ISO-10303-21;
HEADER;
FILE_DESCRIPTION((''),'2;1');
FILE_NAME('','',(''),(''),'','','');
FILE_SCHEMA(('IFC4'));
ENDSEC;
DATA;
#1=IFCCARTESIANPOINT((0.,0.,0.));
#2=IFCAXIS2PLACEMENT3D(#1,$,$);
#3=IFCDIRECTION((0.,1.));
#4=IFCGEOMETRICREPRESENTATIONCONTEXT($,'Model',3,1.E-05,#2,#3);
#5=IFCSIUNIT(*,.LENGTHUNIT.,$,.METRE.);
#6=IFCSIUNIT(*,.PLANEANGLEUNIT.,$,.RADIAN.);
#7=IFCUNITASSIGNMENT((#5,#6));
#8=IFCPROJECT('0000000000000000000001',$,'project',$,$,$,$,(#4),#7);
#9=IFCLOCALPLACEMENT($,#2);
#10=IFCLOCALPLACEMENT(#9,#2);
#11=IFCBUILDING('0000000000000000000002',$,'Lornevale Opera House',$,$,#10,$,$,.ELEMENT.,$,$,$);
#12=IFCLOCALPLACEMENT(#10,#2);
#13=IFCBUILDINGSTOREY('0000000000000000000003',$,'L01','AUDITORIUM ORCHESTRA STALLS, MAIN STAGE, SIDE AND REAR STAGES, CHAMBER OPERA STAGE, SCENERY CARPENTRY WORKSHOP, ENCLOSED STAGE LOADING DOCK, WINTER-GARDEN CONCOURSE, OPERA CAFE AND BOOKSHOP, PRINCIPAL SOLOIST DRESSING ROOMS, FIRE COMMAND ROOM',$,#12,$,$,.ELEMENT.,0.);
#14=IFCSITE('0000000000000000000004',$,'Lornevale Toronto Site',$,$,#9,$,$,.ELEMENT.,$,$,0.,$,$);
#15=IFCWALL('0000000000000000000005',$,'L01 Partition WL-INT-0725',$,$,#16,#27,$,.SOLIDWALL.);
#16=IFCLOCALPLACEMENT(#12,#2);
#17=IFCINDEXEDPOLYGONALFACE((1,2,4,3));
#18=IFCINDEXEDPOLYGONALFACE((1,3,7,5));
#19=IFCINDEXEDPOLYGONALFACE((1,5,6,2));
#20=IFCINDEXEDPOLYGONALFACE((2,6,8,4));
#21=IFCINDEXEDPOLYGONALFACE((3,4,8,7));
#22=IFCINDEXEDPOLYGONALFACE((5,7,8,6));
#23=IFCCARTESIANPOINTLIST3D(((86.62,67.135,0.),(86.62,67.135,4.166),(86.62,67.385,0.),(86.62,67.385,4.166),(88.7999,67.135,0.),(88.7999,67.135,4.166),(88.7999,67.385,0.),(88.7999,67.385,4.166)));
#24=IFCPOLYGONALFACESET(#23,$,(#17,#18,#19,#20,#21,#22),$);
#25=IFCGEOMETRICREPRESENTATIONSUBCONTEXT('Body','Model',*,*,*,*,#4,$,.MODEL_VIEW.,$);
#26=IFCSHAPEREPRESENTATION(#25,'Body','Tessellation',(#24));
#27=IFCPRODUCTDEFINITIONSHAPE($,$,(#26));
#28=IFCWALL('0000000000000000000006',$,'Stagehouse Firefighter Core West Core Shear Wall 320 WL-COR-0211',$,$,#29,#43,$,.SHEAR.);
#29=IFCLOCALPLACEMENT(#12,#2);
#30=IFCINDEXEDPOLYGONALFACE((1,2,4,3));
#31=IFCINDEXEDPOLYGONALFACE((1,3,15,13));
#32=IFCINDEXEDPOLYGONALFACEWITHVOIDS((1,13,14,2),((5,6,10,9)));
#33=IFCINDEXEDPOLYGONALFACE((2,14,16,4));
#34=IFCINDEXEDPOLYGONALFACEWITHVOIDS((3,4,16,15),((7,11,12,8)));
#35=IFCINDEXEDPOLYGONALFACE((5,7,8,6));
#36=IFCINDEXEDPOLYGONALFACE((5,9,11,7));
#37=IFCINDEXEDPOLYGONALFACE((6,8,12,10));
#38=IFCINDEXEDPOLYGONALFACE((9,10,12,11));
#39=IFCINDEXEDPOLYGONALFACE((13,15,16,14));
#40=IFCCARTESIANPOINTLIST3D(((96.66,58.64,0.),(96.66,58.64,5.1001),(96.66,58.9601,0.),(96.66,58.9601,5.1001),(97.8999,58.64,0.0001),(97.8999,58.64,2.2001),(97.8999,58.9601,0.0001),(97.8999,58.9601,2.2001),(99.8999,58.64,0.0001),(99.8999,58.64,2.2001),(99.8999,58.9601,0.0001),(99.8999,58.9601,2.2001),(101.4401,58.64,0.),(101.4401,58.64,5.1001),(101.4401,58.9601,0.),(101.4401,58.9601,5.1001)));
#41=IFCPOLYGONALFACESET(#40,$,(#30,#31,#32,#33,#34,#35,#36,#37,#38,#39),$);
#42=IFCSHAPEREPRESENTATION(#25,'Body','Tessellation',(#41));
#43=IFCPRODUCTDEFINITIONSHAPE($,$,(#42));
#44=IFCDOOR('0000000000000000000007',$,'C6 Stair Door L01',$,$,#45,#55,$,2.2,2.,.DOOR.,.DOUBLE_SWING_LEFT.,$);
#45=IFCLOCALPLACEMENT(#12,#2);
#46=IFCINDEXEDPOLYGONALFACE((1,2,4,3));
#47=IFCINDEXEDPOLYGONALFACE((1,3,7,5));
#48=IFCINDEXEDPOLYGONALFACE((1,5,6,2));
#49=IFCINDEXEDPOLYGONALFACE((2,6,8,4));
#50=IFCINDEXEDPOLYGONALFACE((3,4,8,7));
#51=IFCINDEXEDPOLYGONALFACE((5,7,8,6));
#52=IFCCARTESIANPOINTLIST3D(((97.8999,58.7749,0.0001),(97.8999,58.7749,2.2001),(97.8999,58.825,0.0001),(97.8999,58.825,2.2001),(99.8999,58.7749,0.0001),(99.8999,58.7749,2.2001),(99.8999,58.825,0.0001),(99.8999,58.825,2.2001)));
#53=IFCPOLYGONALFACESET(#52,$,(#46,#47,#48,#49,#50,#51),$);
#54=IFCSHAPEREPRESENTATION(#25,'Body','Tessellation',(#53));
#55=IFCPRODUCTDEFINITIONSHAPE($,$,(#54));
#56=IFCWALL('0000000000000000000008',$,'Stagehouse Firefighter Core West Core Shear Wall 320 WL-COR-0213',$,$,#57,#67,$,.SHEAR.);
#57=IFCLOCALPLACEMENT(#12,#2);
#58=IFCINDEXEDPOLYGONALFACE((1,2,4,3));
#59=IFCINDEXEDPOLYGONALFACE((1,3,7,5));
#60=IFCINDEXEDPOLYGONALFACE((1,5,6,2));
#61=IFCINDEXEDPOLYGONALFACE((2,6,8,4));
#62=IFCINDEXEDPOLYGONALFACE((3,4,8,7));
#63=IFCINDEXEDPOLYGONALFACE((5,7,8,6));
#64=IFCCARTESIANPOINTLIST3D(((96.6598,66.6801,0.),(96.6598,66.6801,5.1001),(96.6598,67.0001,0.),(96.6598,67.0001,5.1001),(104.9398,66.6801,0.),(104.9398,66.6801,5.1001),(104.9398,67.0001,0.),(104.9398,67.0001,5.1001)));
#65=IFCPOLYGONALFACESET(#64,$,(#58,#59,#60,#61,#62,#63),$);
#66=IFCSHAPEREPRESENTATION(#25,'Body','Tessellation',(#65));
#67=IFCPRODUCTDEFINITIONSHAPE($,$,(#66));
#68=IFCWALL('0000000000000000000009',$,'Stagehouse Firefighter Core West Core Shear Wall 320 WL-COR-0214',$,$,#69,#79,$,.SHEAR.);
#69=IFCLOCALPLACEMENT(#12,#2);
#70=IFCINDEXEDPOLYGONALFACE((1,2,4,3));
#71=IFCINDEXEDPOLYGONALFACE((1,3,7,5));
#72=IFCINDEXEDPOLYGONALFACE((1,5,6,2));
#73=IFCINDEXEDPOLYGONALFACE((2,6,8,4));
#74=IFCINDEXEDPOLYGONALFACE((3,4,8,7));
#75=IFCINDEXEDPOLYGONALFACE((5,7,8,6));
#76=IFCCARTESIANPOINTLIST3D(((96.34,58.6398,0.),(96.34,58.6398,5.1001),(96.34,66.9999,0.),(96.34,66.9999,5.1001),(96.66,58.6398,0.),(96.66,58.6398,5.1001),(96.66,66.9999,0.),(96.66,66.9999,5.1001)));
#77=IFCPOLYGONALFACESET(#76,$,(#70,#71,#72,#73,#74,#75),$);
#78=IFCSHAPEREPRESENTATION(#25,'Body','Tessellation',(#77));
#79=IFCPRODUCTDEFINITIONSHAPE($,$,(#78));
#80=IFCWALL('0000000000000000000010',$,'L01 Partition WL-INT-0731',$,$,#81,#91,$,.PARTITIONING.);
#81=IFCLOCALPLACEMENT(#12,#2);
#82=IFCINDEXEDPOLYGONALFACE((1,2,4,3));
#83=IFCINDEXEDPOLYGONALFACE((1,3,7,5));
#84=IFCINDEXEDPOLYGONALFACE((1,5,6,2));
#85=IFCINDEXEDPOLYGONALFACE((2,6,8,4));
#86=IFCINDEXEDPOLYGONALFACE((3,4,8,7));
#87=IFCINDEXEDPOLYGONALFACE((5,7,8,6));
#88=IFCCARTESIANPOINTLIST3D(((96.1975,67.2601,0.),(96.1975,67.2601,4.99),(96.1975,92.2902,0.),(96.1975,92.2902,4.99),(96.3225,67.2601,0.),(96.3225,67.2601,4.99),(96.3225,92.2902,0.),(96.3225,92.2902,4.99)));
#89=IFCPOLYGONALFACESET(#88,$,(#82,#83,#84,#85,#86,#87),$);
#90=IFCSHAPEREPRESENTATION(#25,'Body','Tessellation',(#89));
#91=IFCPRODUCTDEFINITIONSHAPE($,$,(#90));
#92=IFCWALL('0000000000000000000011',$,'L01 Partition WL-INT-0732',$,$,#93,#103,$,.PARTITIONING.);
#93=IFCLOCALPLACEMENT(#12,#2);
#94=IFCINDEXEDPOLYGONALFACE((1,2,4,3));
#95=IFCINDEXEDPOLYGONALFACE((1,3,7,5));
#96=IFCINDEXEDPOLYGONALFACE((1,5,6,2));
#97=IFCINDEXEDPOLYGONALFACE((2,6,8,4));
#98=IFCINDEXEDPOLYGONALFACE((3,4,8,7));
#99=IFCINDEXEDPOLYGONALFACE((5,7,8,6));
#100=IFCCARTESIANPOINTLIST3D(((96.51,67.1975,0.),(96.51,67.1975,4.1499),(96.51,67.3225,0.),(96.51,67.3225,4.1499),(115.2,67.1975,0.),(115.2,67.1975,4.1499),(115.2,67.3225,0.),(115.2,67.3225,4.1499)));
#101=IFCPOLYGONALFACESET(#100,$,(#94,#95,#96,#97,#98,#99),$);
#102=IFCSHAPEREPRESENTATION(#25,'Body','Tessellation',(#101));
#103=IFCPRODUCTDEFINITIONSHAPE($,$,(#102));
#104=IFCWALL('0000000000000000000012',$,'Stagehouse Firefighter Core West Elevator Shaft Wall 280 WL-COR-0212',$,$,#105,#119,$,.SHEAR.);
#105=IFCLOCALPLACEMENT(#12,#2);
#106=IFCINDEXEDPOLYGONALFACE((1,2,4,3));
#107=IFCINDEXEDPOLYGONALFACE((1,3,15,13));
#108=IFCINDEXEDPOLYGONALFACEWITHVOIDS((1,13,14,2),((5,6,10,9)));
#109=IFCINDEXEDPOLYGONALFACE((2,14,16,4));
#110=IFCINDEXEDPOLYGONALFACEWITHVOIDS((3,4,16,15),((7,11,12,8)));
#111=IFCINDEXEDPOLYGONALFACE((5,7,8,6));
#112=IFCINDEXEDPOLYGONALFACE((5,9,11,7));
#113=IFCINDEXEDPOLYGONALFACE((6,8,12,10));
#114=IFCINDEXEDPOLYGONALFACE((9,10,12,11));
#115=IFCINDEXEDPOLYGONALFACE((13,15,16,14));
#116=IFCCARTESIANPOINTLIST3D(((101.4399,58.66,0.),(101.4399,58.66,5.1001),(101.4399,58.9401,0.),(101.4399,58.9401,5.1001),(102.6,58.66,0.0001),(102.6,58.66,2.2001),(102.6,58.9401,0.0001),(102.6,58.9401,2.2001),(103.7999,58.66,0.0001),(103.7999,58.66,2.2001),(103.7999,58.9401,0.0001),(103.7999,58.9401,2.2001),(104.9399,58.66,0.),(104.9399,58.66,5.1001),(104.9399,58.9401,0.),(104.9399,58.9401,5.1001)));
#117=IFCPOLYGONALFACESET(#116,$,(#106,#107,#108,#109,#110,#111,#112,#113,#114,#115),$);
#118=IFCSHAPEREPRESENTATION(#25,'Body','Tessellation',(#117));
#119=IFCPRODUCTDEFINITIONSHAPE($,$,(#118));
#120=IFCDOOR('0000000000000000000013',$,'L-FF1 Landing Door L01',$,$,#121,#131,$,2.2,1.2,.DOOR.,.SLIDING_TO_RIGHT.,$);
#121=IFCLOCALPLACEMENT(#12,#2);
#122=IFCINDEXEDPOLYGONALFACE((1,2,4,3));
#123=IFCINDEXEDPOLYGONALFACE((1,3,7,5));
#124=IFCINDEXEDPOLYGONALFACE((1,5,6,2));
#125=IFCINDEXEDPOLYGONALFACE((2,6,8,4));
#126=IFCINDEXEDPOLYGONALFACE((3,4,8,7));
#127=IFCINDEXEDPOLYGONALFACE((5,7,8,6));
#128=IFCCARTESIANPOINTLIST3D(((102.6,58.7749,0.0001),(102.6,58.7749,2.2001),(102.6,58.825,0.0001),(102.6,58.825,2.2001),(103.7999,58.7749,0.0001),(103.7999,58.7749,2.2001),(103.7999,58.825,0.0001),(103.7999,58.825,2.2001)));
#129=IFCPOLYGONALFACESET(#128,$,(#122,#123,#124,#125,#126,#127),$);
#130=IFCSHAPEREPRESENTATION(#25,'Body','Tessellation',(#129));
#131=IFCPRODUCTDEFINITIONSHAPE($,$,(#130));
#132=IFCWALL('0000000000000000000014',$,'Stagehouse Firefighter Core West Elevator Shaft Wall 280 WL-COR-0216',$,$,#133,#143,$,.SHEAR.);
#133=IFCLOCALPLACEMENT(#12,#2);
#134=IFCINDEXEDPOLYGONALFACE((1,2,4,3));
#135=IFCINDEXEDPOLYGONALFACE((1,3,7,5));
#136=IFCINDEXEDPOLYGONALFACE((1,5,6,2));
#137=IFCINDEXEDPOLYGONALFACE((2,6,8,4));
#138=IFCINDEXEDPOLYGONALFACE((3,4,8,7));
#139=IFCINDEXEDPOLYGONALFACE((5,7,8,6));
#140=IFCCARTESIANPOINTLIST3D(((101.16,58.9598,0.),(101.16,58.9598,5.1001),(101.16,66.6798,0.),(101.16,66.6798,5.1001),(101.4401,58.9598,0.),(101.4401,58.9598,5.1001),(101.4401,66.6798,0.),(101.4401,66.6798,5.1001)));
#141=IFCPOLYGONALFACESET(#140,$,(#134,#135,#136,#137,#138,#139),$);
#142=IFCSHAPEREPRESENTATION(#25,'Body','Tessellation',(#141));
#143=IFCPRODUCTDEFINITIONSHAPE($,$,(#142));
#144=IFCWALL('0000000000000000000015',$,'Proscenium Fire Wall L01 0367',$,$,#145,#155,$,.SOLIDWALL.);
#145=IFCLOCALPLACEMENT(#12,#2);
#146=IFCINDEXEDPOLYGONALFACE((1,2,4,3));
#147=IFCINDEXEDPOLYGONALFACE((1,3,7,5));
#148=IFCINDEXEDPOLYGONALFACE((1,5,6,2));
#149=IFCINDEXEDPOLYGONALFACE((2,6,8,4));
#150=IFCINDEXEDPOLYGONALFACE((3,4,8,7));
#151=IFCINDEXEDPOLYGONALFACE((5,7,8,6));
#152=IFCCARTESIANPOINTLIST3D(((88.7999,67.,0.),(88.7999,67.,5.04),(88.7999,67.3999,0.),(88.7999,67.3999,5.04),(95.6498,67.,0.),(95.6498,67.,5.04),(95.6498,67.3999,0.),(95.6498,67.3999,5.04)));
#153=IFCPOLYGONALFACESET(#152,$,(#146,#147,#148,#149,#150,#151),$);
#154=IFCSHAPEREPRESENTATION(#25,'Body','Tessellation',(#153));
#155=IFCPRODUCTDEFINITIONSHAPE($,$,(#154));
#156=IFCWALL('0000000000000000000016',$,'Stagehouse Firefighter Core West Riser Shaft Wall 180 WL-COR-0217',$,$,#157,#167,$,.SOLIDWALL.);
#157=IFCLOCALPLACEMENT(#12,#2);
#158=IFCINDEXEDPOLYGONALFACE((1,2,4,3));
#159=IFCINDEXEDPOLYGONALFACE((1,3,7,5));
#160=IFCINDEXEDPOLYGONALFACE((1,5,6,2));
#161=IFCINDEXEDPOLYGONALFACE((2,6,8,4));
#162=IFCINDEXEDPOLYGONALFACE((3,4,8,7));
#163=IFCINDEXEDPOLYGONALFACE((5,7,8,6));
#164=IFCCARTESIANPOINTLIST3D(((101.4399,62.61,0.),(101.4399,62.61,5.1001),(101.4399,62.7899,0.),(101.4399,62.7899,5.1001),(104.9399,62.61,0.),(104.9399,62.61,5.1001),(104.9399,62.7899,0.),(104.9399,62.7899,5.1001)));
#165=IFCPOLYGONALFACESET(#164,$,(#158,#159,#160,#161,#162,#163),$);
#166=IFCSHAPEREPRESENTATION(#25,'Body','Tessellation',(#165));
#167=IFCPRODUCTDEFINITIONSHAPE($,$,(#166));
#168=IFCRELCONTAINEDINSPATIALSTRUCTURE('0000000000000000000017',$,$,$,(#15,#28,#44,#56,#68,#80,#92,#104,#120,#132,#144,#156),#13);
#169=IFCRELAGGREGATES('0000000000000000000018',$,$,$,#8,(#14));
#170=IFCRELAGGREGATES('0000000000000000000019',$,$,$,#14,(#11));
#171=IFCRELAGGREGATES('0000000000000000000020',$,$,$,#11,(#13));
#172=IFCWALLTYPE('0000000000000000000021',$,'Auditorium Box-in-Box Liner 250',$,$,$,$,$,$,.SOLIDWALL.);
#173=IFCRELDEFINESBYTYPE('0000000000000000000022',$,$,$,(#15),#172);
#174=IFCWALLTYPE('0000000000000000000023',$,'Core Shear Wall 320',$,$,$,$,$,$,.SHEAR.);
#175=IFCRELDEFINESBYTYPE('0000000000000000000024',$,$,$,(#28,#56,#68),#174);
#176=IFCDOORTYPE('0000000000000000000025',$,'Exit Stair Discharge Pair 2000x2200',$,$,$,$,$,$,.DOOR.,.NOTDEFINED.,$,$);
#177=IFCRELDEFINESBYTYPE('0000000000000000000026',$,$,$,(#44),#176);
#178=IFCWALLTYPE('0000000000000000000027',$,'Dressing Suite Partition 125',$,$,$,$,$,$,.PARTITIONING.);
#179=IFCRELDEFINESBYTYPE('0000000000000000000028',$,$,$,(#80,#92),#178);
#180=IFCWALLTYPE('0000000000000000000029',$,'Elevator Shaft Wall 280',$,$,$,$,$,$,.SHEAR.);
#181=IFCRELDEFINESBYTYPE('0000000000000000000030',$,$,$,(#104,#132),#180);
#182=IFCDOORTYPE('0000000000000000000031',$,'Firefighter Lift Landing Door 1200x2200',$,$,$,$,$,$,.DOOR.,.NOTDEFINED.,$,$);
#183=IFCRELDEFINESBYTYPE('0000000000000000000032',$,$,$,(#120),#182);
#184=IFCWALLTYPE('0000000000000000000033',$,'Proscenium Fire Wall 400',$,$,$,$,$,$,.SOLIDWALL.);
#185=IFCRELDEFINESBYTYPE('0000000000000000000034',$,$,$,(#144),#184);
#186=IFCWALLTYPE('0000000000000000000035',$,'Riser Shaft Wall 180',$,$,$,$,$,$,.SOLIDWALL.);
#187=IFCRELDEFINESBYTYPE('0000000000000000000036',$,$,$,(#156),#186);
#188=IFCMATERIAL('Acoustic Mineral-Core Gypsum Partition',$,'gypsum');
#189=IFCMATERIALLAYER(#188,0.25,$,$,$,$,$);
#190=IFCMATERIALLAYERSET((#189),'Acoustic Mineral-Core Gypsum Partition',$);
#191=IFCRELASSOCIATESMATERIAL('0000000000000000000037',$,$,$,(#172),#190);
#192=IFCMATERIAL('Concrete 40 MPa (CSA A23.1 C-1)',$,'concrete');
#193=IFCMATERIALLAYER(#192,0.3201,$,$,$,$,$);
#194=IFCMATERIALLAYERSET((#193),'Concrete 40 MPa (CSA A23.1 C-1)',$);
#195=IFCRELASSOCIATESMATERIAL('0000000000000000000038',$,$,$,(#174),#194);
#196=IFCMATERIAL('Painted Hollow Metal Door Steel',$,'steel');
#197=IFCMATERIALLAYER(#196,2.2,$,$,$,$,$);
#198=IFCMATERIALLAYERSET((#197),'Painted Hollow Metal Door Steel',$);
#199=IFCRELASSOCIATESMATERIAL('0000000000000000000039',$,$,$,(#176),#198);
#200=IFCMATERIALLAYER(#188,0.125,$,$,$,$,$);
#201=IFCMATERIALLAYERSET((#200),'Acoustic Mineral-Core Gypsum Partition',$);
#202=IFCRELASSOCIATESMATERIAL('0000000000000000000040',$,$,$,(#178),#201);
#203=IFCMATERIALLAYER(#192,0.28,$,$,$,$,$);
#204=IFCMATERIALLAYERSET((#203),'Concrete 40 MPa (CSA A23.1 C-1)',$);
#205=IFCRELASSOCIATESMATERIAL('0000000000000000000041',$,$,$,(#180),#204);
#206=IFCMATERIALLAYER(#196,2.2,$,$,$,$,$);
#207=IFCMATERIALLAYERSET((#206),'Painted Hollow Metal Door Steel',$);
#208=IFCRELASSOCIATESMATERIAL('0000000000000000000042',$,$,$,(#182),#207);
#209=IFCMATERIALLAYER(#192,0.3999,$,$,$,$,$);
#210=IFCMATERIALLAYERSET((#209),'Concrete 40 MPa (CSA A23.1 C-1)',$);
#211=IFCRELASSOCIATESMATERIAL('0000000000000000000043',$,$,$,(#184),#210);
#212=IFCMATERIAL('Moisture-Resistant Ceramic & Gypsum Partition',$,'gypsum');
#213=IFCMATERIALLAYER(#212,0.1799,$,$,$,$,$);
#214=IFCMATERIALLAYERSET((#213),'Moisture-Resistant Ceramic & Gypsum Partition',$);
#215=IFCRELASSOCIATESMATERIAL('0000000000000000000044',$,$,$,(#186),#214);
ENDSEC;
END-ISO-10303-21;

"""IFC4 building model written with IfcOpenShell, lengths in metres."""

from ifc_helpers import new_model, si_unit, direction, frame, frame_2d, origin, place, context, subcontext, project, spatial, rectangle, extrude, material, layer, layer_set, type_object, element, fill, save


model = new_model("IFC4")

# Units and contexts
model_context = context("Model", 3, precision=1e-05, world=origin(), true_north=direction((0.0, 1.0)))
body_context = subcontext(model_context, "Body", "Model", "MODEL_VIEW")
ifc_project = project(units=[si_unit("LENGTHUNIT", "METRE"), si_unit("PLANEANGLEUNIT", "RADIAN")], contexts=[model_context])

# Site, building, storey
site_placement = place(None, origin())
site = spatial("IfcSite", under=ifc_project, at=site_placement, Name="Lornevale Toronto Site", CompositionType="ELEMENT", RefElevation=0.0)
building_placement = place(site_placement, origin())
building = spatial("IfcBuilding", under=site, at=building_placement, Name="Lornevale Opera House", CompositionType="ELEMENT")
storey_placement = place(building_placement, origin())
storey = spatial("IfcBuildingStorey", under=building, at=storey_placement, Name="L01", Description="AUDITORIUM ORCHESTRA STALLS, MAIN STAGE, SIDE AND REAR STAGES, CHAMBER OPERA STAGE, SCENERY CARPENTRY WORKSHOP, ENCLOSED STAGE LOADING DOCK, WINTER-GARDEN CONCOURSE, OPERA CAFE AND BOOKSHOP, PRINCIPAL SOLOIST DRESSING ROOMS, FIRE COMMAND ROOM", CompositionType="ELEMENT", Elevation=0.0)

# Shared definitions
ifc_material_1 = material(Name="Concrete 40 MPa (CSA A23.1 C-1)", Category="concrete")

# Wall
ifc_material_2 = material(Name="Acoustic Mineral-Core Gypsum Partition", Category="gypsum")
ifc_layer_1 = layer(ifc_material_2, 0.25)
ifc_layer_set_1 = layer_set([ifc_layer_1], Name="Acoustic Mineral-Core Gypsum Partition")
wall_type_1 = type_object("IfcWallType", Name="Auditorium Box-in-Box Liner 250", PredefinedType="SOLIDWALL", material=ifc_layer_set_1)
wall_1_placement = place(storey_placement, frame((86.6201, 67.26, 0.0), z_axis=(0.0, 0.0, 1.0), x_axis=(1.0, 0.0, 0.0)))
element("IfcWall", 1, at=wall_1_placement, inside=storey, type_object=wall_type_1, Name="L01 Partition WL-INT-0725", PredefinedType="SOLIDWALL", context=body_context, shape_type="SweptSolid", body=[
    extrude(rectangle(XDim=2.1799, YDim=0.25, at=frame_2d((1.0898, 0.0))), origin(), (0.0, 0.0, 1.0), 4.166),
])

# Wall, opening, door
ifc_layer_2 = layer(ifc_material_1, 0.3201)
ifc_layer_set_2 = layer_set([ifc_layer_2], Name="Concrete 40 MPa (CSA A23.1 C-1)")
wall_type_2 = type_object("IfcWallType", Name="Core Shear Wall 320", PredefinedType="SHEAR", material=ifc_layer_set_2)
wall_2_placement = place(storey_placement, frame((96.6599, 58.8, 0.0), z_axis=(0.0, 0.0, 1.0), x_axis=(1.0, 0.0, 0.0)))
wall_2 = element("IfcWall", 2, at=wall_2_placement, inside=storey, type_object=wall_type_2, Name="Stagehouse Firefighter Core West Core Shear Wall 320 WL-COR-0211", PredefinedType="SHEAR", context=body_context, shape_type="SweptSolid", body=[
    extrude(rectangle(XDim=4.78, YDim=0.3201, at=frame_2d((2.3901, 0.0))), origin(), (0.0, 0.0, 1.0), 5.1001),
])
opening_1_placement = place(wall_2_placement, frame((1.24, 0.0, 0.0)))
opening_1 = element("IfcOpeningElement", 3, at=opening_1_placement, cuts=wall_2, PredefinedType="OPENING", context=body_context, shape_type="SweptSolid", body=[
    extrude(rectangle(XDim=2.0, YDim=2.2, at=frame_2d((1.0, 1.1001))), frame((0.0, 0.1699, 0.0), z_axis=(0.0, -1.0, 0.0), x_axis=(1.0, 0.0, 0.0)), (0.0, 0.0, 1.0), 0.3401),
])
ifc_material_3 = material(Name="Painted Hollow Metal Door Steel", Category="steel")
ifc_layer_3 = layer(ifc_material_3, 2.2)
ifc_layer_set_3 = layer_set([ifc_layer_3], Name="Painted Hollow Metal Door Steel")
door_type_1 = type_object("IfcDoorType", Name="Exit Stair Discharge Pair 2000x2200", OperationType="NOTDEFINED", PredefinedType="DOOR", material=ifc_layer_set_3)
door_1_placement = place(opening_1_placement, origin())
door_1 = element("IfcDoor", 4, at=door_1_placement, inside=storey, type_object=door_type_1, Name="C6 Stair Door L01", OperationType="DOUBLE_SWING_LEFT", OverallHeight=2.2, OverallWidth=2.0, PredefinedType="DOOR", context=body_context, shape_type="SweptSolid", body=[
    extrude(rectangle(XDim=2.0, YDim=2.2, at=frame_2d((1.0, 1.1001))), frame((0.0, 0.0249, 0.0), z_axis=(0.0, -1.0, 0.0), x_axis=(1.0, 0.0, 0.0)), (0.0, 0.0, 1.0), 0.05),
])
fill(opening_1, door_1)

# Walls
wall_3_placement = place(storey_placement, frame((104.9399, 66.8401, 0.0), z_axis=(0.0, 0.0, 1.0), x_axis=(-1.0, 0.0, 0.0)))
element("IfcWall", 5, at=wall_3_placement, inside=storey, type_object=wall_type_2, Name="Stagehouse Firefighter Core West Core Shear Wall 320 WL-COR-0213", PredefinedType="SHEAR", context=body_context, shape_type="SweptSolid", body=[
    extrude(rectangle(XDim=8.28, YDim=0.3201, at=frame_2d((4.1401, 0.0))), origin(), (0.0, 0.0, 1.0), 5.1001),
])
wall_4_placement = place(storey_placement, frame((96.5, 67.0, 0.0), z_axis=(0.0, 0.0, 1.0), x_axis=(0.0, -1.0, 0.0)))
element("IfcWall", 6, at=wall_4_placement, inside=storey, type_object=wall_type_2, Name="Stagehouse Firefighter Core West Core Shear Wall 320 WL-COR-0214", PredefinedType="SHEAR", context=body_context, shape_type="SweptSolid", body=[
    extrude(rectangle(XDim=8.3601, YDim=0.3201, at=frame_2d((4.1802, 0.0))), origin(), (0.0, 0.0, 1.0), 5.1001),
])
ifc_layer_4 = layer(ifc_material_2, 0.125)
ifc_layer_set_4 = layer_set([ifc_layer_4], Name="Acoustic Mineral-Core Gypsum Partition")
wall_type_3 = type_object("IfcWallType", Name="Dressing Suite Partition 125", PredefinedType="PARTITIONING", material=ifc_layer_set_4)
wall_5_placement = place(storey_placement, frame((96.26, 67.26, 0.0), z_axis=(0.0, 0.0, 1.0), x_axis=(0.0, 1.0, 0.0)))
element("IfcWall", 7, at=wall_5_placement, inside=storey, type_object=wall_type_3, Name="L01 Partition WL-INT-0731", PredefinedType="PARTITIONING", context=body_context, shape_type="SweptSolid", body=[
    extrude(rectangle(XDim=25.03, YDim=0.125, at=frame_2d((12.5151, 0.0))), origin(), (0.0, 0.0, 1.0), 4.99),
])
wall_6_placement = place(storey_placement, frame((96.51, 67.26, 0.0), z_axis=(0.0, 0.0, 1.0), x_axis=(1.0, 0.0, 0.0)))
element("IfcWall", 8, at=wall_6_placement, inside=storey, type_object=wall_type_3, Name="L01 Partition WL-INT-0732", PredefinedType="PARTITIONING", context=body_context, shape_type="SweptSolid", body=[
    extrude(rectangle(XDim=18.6899, YDim=0.125, at=frame_2d((9.345, 0.0))), origin(), (0.0, 0.0, 1.0), 4.1499),
])

# Wall, opening, door
ifc_layer_5 = layer(ifc_material_1, 0.28)
ifc_layer_set_5 = layer_set([ifc_layer_5], Name="Concrete 40 MPa (CSA A23.1 C-1)")
wall_type_4 = type_object("IfcWallType", Name="Elevator Shaft Wall 280", PredefinedType="SHEAR", material=ifc_layer_set_5)
wall_7_placement = place(storey_placement, frame((101.4399, 58.8, 0.0), z_axis=(0.0, 0.0, 1.0), x_axis=(1.0, 0.0, 0.0)))
wall_7 = element("IfcWall", 9, at=wall_7_placement, inside=storey, type_object=wall_type_4, Name="Stagehouse Firefighter Core West Elevator Shaft Wall 280 WL-COR-0212", PredefinedType="SHEAR", context=body_context, shape_type="SweptSolid", body=[
    extrude(rectangle(XDim=3.5, YDim=0.28, at=frame_2d((1.75, 0.0))), origin(), (0.0, 0.0, 1.0), 5.1001),
])
opening_2_placement = place(wall_7_placement, frame((1.1599, 0.0, 0.0)))
opening_2 = element("IfcOpeningElement", 10, at=opening_2_placement, cuts=wall_7, PredefinedType="OPENING", context=body_context, shape_type="SweptSolid", body=[
    extrude(rectangle(XDim=1.2, YDim=2.2, at=frame_2d((0.6001, 1.1001))), frame((0.0, 0.1499, 0.0), z_axis=(0.0, -1.0, 0.0), x_axis=(1.0, 0.0, 0.0)), (0.0, 0.0, 1.0), 0.3),
])
ifc_layer_6 = layer(ifc_material_3, 2.2)
ifc_layer_set_6 = layer_set([ifc_layer_6], Name="Painted Hollow Metal Door Steel")
door_type_2 = type_object("IfcDoorType", Name="Firefighter Lift Landing Door 1200x2200", OperationType="NOTDEFINED", PredefinedType="DOOR", material=ifc_layer_set_6)
door_2_placement = place(opening_2_placement, origin())
door_2 = element("IfcDoor", 11, at=door_2_placement, inside=storey, type_object=door_type_2, Name="L-FF1 Landing Door L01", OperationType="SLIDING_TO_RIGHT", OverallHeight=2.2, OverallWidth=1.2, PredefinedType="DOOR", context=body_context, shape_type="SweptSolid", body=[
    extrude(rectangle(XDim=1.2, YDim=2.2, at=frame_2d((0.6001, 1.1001))), frame((0.0, 0.0249, 0.0), z_axis=(0.0, -1.0, 0.0), x_axis=(1.0, 0.0, 0.0)), (0.0, 0.0, 1.0), 0.05),
])
fill(opening_2, door_2)

# Walls
wall_8_placement = place(storey_placement, frame((101.3, 58.96, 0.0), z_axis=(0.0, 0.0, 1.0), x_axis=(0.0, 1.0, 0.0)))
element("IfcWall", 12, at=wall_8_placement, inside=storey, type_object=wall_type_4, Name="Stagehouse Firefighter Core West Elevator Shaft Wall 280 WL-COR-0216", PredefinedType="SHEAR", context=body_context, shape_type="SweptSolid", body=[
    extrude(rectangle(XDim=7.72, YDim=0.28, at=frame_2d((3.8599, 0.0))), origin(), (0.0, 0.0, 1.0), 5.1001),
])
ifc_layer_7 = layer(ifc_material_1, 0.3999)
ifc_layer_set_7 = layer_set([ifc_layer_7], Name="Concrete 40 MPa (CSA A23.1 C-1)")
wall_type_5 = type_object("IfcWallType", Name="Proscenium Fire Wall 400", PredefinedType="SOLIDWALL", material=ifc_layer_set_7)
wall_9_placement = place(storey_placement, frame((88.8, 67.2, 0.0), z_axis=(0.0, 0.0, 1.0), x_axis=(1.0, 0.0, 0.0)))
element("IfcWall", 13, at=wall_9_placement, inside=storey, type_object=wall_type_5, Name="Proscenium Fire Wall L01 0367", PredefinedType="SOLIDWALL", context=body_context, shape_type="SweptSolid", body=[
    extrude(rectangle(XDim=6.8499, YDim=0.3999, at=frame_2d((3.4248, 0.0))), origin(), (0.0, 0.0, 1.0), 5.04),
])
ifc_material_4 = material(Name="Moisture-Resistant Ceramic & Gypsum Partition", Category="gypsum")
ifc_layer_8 = layer(ifc_material_4, 0.1799)
ifc_layer_set_8 = layer_set([ifc_layer_8], Name="Moisture-Resistant Ceramic & Gypsum Partition")
wall_type_6 = type_object("IfcWallType", Name="Riser Shaft Wall 180", PredefinedType="SOLIDWALL", material=ifc_layer_set_8)
wall_10_placement = place(storey_placement, frame((101.4399, 62.7, 0.0), z_axis=(0.0, 0.0, 1.0), x_axis=(1.0, 0.0, 0.0)))
element("IfcWall", 14, at=wall_10_placement, inside=storey, type_object=wall_type_6, Name="Stagehouse Firefighter Core West Riser Shaft Wall 180 WL-COR-0217", PredefinedType="SOLIDWALL", context=body_context, shape_type="SweptSolid", body=[
    extrude(rectangle(XDim=3.5, YDim=0.1799, at=frame_2d((1.75, 0.0))), origin(), (0.0, 0.0, 1.0), 5.1001),
])

save(model, "model.ifc")
